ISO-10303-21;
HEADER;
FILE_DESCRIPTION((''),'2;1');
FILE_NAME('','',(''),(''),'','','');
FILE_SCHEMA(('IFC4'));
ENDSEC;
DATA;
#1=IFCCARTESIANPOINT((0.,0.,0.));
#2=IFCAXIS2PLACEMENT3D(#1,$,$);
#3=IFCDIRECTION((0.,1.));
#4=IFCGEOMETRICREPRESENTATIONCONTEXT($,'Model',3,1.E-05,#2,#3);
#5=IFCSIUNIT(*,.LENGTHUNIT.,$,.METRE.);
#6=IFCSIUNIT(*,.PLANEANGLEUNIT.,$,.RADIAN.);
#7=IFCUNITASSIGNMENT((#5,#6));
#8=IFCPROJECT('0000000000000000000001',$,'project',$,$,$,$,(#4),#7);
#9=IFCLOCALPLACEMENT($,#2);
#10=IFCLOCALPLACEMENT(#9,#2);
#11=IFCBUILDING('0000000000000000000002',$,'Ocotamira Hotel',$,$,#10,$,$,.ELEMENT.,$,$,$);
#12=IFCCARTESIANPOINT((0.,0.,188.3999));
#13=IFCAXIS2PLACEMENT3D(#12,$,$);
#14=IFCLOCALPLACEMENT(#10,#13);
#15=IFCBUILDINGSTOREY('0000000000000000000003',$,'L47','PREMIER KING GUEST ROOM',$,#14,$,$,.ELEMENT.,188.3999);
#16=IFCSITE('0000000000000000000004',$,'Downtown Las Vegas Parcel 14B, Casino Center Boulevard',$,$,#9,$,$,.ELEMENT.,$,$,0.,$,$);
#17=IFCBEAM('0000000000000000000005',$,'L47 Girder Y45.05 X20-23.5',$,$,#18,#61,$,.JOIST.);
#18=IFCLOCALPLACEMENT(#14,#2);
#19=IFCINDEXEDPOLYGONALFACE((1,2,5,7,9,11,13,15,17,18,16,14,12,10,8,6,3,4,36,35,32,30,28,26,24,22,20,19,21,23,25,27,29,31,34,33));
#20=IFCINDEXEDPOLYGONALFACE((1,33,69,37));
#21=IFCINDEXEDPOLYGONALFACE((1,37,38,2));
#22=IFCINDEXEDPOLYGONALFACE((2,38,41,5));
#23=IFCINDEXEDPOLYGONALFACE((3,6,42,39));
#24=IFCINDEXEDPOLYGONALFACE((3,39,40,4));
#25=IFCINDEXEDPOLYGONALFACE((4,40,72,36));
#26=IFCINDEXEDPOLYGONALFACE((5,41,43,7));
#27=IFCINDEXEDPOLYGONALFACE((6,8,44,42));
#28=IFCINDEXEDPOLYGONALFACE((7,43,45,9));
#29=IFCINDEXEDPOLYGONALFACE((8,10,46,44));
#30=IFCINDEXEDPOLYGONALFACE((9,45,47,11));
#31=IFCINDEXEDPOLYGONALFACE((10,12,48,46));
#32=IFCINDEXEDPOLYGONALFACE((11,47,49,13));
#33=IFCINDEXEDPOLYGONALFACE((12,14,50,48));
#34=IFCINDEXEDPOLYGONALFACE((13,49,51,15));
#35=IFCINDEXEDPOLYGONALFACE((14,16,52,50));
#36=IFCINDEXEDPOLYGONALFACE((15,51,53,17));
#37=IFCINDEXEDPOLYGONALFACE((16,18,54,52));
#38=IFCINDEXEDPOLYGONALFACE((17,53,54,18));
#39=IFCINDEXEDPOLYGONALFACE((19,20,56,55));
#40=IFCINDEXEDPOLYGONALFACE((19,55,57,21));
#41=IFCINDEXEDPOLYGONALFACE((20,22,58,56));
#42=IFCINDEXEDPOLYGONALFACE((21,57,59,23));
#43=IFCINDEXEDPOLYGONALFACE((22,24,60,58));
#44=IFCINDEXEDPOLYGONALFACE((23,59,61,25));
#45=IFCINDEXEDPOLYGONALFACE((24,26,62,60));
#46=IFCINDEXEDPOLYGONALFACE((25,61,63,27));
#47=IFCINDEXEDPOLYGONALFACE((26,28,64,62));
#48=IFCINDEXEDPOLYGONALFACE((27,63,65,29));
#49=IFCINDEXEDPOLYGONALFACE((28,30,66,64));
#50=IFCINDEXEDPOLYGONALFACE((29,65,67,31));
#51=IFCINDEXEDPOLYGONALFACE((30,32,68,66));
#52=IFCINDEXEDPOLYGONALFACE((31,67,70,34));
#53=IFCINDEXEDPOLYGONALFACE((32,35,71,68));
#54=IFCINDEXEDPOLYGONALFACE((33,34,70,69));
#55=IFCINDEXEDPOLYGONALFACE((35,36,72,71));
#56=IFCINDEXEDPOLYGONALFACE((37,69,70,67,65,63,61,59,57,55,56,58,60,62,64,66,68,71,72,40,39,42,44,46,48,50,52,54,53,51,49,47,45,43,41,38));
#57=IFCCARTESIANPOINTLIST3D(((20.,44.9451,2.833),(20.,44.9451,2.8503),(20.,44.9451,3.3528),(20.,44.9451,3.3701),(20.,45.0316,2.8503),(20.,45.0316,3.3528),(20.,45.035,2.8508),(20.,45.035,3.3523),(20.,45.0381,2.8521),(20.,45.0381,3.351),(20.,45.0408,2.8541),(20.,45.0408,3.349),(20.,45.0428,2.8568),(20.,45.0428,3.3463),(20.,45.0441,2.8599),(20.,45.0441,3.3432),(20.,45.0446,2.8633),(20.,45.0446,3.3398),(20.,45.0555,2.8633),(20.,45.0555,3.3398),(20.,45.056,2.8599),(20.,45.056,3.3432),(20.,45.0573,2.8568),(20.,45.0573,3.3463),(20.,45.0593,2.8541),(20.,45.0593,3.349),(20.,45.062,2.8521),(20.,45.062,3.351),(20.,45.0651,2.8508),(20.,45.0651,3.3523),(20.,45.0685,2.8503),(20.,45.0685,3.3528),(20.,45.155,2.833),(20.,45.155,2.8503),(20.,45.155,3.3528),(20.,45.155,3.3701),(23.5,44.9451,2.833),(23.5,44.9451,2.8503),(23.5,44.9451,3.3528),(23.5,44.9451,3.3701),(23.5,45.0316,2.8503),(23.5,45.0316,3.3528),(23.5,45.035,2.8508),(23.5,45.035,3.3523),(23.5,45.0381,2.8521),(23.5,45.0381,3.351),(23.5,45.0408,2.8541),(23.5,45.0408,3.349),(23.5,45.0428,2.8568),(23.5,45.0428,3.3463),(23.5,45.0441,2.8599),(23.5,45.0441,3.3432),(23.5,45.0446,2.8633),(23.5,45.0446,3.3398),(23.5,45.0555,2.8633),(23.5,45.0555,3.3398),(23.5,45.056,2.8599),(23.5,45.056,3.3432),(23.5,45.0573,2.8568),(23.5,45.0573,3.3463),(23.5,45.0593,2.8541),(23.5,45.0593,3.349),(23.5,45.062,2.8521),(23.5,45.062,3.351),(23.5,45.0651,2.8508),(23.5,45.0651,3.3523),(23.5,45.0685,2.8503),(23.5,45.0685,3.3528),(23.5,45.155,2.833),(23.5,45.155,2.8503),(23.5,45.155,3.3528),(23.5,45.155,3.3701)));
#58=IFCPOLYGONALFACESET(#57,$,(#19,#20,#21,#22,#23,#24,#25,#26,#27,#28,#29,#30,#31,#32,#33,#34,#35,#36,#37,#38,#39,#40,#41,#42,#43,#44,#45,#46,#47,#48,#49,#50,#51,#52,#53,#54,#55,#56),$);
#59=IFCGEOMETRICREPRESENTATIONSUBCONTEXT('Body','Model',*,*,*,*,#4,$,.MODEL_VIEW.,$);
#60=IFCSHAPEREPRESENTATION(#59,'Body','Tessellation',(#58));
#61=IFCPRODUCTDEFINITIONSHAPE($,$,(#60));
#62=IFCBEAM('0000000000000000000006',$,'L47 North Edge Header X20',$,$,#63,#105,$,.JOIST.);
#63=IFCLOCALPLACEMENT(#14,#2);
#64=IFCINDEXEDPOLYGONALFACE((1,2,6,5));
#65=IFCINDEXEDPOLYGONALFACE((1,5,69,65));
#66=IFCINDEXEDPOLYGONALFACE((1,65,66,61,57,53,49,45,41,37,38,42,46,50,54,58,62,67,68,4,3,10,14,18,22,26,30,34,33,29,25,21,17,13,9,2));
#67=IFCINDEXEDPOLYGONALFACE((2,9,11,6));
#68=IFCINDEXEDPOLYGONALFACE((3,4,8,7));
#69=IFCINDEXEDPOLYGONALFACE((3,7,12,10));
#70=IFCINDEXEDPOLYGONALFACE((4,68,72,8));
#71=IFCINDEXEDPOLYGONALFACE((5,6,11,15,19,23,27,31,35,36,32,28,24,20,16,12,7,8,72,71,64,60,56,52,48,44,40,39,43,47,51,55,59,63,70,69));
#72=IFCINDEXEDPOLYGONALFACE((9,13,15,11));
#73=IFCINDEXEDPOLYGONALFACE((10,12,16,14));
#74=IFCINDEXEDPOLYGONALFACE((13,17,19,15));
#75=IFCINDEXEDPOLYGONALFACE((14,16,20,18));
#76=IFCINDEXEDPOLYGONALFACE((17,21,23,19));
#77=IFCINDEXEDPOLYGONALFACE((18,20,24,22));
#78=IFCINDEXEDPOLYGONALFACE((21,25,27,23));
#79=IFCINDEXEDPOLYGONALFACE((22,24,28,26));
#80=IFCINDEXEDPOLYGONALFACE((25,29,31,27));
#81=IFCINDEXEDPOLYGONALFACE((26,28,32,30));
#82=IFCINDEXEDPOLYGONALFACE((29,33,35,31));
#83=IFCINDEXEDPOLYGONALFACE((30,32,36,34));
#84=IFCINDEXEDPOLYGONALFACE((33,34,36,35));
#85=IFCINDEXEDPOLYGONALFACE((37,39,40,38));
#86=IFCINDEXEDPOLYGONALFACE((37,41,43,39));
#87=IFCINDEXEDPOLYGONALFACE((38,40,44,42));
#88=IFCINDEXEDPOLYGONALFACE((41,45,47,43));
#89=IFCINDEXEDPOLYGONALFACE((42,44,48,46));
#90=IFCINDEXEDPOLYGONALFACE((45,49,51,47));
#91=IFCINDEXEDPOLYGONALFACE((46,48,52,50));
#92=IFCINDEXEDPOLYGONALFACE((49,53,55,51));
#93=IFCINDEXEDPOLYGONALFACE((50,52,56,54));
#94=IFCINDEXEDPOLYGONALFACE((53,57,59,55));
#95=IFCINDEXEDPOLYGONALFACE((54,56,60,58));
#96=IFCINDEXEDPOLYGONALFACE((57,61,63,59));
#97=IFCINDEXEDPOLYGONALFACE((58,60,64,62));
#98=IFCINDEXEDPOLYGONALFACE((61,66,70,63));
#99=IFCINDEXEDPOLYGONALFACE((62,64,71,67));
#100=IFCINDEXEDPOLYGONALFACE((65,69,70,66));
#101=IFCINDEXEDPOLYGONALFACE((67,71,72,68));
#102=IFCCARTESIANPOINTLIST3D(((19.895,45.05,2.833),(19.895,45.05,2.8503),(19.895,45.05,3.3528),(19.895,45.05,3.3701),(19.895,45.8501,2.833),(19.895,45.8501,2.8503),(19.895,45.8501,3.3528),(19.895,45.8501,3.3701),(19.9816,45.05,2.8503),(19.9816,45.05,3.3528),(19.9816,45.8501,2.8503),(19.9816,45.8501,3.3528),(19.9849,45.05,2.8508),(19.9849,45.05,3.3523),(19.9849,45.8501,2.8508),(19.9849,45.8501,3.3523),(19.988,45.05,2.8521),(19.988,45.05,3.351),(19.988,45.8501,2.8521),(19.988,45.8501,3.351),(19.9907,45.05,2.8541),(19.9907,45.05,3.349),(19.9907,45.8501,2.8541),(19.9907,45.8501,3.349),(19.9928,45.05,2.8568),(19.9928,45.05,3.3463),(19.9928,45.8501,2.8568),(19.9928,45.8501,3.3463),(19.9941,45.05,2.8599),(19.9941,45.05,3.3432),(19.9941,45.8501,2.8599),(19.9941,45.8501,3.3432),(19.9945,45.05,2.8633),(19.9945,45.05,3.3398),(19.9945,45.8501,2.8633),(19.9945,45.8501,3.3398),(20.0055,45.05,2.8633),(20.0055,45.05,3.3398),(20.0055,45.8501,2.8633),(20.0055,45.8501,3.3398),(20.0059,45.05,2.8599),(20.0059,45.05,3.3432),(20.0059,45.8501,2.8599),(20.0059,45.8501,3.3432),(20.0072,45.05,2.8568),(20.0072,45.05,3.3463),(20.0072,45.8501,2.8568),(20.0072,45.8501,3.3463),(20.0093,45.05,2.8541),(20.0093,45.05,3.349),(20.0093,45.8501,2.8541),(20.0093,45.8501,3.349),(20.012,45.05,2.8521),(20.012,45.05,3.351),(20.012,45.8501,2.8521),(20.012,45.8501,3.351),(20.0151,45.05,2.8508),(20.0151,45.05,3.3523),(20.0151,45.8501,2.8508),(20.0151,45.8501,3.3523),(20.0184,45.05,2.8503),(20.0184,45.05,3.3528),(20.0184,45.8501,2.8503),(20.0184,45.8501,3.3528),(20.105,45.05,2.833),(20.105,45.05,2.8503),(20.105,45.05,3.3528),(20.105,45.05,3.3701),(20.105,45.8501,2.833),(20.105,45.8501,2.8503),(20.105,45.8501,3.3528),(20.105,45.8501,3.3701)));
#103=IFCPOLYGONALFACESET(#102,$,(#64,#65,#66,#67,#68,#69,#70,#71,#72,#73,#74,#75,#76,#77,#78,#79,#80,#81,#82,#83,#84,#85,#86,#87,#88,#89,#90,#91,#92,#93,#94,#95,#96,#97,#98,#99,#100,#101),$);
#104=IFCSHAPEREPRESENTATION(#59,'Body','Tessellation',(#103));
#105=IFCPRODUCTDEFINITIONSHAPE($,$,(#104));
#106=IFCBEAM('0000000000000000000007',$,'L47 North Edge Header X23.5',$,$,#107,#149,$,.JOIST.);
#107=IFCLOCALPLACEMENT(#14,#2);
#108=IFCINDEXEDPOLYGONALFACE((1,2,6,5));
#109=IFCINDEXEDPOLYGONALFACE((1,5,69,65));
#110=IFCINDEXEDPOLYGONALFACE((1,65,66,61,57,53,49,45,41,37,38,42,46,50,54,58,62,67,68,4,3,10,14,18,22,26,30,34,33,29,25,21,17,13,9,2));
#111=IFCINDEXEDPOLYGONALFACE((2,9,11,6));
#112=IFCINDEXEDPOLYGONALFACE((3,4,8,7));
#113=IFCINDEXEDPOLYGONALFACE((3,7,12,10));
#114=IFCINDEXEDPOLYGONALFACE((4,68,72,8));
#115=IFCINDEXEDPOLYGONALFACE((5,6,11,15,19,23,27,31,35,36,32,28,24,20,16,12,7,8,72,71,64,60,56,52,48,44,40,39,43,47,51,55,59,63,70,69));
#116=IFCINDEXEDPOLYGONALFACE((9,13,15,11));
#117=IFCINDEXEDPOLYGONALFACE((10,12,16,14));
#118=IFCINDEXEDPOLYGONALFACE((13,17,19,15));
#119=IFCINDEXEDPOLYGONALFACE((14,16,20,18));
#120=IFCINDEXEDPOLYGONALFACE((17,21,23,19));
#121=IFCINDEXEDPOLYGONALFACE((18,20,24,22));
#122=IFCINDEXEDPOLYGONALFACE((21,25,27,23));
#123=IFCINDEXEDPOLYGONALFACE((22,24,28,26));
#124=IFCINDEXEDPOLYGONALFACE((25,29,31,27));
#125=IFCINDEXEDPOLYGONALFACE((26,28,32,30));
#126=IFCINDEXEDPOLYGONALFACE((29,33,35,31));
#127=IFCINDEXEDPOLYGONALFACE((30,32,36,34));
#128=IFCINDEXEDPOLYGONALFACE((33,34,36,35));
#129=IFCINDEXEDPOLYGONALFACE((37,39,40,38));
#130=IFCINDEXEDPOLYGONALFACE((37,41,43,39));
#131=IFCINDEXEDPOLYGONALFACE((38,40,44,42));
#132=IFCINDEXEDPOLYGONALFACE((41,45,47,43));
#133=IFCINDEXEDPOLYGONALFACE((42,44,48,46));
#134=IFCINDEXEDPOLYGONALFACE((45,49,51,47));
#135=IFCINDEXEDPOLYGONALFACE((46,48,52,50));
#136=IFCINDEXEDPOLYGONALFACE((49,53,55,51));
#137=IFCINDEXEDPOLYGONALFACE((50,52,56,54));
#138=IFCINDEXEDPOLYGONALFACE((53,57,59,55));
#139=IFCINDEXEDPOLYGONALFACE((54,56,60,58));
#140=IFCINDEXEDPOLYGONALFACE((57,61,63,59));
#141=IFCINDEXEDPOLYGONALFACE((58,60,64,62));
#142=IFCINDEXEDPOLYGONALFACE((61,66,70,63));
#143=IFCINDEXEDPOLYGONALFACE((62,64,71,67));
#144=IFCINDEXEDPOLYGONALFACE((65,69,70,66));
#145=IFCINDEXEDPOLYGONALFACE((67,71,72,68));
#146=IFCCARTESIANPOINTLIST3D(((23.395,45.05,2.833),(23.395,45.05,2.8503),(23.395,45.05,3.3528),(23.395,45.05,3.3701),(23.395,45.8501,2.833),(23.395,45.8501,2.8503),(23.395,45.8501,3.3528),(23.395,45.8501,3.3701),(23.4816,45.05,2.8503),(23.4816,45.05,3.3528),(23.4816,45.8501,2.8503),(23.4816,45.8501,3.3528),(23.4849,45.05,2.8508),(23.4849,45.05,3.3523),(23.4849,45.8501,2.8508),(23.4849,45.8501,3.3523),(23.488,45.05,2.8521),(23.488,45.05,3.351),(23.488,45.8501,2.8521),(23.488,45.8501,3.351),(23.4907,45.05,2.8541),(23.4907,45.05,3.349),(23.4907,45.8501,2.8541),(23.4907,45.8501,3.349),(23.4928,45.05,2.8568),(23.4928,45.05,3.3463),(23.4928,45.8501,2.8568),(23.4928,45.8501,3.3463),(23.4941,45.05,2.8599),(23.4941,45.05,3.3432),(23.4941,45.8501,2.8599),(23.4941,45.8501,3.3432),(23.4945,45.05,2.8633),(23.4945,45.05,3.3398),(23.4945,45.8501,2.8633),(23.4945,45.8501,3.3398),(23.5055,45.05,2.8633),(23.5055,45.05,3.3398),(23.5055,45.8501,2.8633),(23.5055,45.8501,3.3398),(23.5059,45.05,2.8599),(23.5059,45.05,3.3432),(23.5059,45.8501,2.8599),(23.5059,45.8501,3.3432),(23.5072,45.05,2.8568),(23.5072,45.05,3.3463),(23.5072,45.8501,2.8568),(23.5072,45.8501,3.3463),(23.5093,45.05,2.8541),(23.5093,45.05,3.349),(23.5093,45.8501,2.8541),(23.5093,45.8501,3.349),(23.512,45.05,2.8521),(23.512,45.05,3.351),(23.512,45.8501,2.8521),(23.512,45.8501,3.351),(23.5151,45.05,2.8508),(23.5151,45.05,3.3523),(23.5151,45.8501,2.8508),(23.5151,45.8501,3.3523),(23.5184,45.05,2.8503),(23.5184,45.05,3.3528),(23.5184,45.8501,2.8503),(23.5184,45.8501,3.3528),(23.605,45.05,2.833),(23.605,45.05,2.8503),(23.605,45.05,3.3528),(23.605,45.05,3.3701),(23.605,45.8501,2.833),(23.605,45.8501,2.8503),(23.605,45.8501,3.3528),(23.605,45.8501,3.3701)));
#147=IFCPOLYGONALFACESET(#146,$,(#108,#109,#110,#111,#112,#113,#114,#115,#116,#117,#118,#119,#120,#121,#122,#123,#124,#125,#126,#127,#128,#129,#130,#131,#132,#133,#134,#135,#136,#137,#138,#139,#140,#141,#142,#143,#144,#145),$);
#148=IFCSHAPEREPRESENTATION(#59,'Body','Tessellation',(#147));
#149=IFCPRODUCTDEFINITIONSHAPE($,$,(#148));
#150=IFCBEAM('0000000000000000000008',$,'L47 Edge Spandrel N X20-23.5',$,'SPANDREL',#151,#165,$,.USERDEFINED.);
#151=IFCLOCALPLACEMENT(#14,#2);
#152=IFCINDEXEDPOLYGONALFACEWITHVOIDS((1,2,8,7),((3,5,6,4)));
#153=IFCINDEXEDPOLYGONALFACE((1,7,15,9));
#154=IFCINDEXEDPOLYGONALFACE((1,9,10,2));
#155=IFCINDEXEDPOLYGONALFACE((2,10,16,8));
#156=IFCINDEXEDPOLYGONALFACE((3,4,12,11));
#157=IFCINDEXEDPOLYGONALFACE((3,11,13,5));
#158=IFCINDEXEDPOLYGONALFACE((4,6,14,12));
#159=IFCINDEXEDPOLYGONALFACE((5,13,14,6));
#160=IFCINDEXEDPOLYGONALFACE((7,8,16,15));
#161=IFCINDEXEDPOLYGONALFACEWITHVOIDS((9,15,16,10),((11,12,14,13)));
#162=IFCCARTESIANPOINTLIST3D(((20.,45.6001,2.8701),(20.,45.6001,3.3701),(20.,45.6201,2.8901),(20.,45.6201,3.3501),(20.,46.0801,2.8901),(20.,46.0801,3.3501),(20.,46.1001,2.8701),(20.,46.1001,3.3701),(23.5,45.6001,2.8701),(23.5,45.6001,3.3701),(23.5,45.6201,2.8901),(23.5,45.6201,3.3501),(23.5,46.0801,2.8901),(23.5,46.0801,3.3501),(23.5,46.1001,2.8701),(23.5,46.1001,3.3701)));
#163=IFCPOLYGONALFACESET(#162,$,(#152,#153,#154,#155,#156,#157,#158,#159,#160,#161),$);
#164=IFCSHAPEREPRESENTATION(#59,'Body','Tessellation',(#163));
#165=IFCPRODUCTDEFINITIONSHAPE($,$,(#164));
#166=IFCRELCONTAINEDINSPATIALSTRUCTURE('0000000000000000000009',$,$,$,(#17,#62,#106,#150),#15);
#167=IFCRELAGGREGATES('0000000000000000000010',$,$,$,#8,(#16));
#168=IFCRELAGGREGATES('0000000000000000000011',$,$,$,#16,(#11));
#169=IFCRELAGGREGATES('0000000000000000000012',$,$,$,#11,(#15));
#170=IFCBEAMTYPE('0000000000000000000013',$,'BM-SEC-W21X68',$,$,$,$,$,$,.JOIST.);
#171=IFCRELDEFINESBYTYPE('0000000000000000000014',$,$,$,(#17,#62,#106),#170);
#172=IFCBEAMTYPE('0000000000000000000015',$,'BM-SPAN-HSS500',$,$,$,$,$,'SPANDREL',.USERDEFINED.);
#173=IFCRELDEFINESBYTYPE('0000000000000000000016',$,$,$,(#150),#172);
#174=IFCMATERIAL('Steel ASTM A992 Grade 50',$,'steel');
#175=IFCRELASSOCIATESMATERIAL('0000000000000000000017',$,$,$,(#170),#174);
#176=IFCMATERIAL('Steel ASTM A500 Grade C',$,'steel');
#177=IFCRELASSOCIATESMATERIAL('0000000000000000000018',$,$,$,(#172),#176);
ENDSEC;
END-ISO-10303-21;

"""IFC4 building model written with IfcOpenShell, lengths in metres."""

from ifc_helpers import new_model, si_unit, direction, frame, origin, origin_2d, place, context, subcontext, project, spatial, hollow_rectangle, i_section, extrude, source, transform, mapped, material, material_profile, profile_set, type_object, element, save


model = new_model("IFC4")

# Units and contexts
model_context = context("Model", 3, precision=1e-05, world=origin(), true_north=direction((0.0, 1.0)))
body_context = subcontext(model_context, "Body", "Model", "MODEL_VIEW")
ifc_project = project(units=[si_unit("LENGTHUNIT", "METRE"), si_unit("PLANEANGLEUNIT", "RADIAN")], contexts=[model_context])

# Site, building, storey
site_placement = place(None, origin())
site = spatial("IfcSite", under=ifc_project, at=site_placement, Name="Downtown Las Vegas Parcel 14B, Casino Center Boulevard", CompositionType="ELEMENT", RefElevation=0.0)
building_placement = place(site_placement, origin())
building = spatial("IfcBuilding", under=site, at=building_placement, Name="Ocotamira Hotel", CompositionType="ELEMENT")
storey_placement = place(building_placement, frame((0.0, 0.0, 188.3999)))
storey = spatial("IfcBuildingStorey", under=building, at=storey_placement, Name="L47", Description="PREMIER KING GUEST ROOM", CompositionType="ELEMENT", Elevation=188.3999)

# Beams
ifc_material_1 = material(Name="Steel ASTM A992 Grade 50", Category="steel")
ifc_material_profile_1 = material_profile(ifc_material_1, i_section(OverallWidth=0.21, OverallDepth=0.5371, WebThickness=0.011, FlangeThickness=0.0173, FilletRadius=0.0129, at=origin_2d()), Name="W21X68")
ifc_profile_set_1 = profile_set([ifc_material_profile_1], Name="Steel ASTM A992 Grade 50")
beam_type_1 = type_object("IfcBeamType", Name="BM-SEC-W21X68", PredefinedType="JOIST", material=ifc_profile_set_1)
shared_shape_1 = source(origin(), body_context, "Body", "SweptSolid", [
    extrude(i_section(OverallWidth=0.21, OverallDepth=0.5371, WebThickness=0.011, FlangeThickness=0.0173, FilletRadius=0.0129, at=origin_2d()), origin(), (0.0, 0.0, 1.0), 3.5),
])
beam_1_placement = place(storey_placement, frame((20.0, 45.05, 3.1016), z_axis=(1.0, 0.0, 0.0), x_axis=(0.0, 1.0, 0.0)))
element("IfcBeam", 1, at=beam_1_placement, inside=storey, type_object=beam_type_1, Name="L47 Girder Y45.05 X20-23.5", PredefinedType="JOIST", context=body_context, shape_type="MappedRepresentation", body=[
    mapped(shared_shape_1, transform((0.0, 0.0, 0.0), scale=1.0)),
])
shared_shape_2 = source(origin(), body_context, "Body", "SweptSolid", [
    extrude(i_section(OverallWidth=0.21, OverallDepth=0.5371, WebThickness=0.011, FlangeThickness=0.0173, FilletRadius=0.0129, at=origin_2d()), origin(), (0.0, 0.0, 1.0), 0.8),
])
for number, where, z_axis, x_axis, name in (
    (2, (20.0, 45.05, 3.1016), (0.0, 1.0, 0.0), (-1.0, 0.0, 0.0), "L47 North Edge Header X20"),
    (3, (23.5, 45.05, 3.1016), (0.0, 1.0, 0.0), (-1.0, 0.0, 0.0), "L47 North Edge Header X23.5"),
):
    element("IfcBeam", number, at=place(storey_placement, frame(where, z_axis=z_axis, x_axis=x_axis)), inside=storey, type_object=beam_type_1, Name=name, PredefinedType="JOIST", context=body_context, shape_type="MappedRepresentation", body=[
        mapped(shared_shape_2, transform((0.0, 0.0, 0.0), scale=1.0)),
    ])
ifc_material_2 = material(Name="Steel ASTM A500 Grade C", Category="steel")
ifc_material_profile_2 = material_profile(ifc_material_2, hollow_rectangle(XDim=0.5, YDim=0.5, WallThickness=0.02, at=origin_2d()), Name="HSS500X500X20")
ifc_profile_set_2 = profile_set([ifc_material_profile_2], Name="Steel ASTM A500 Grade C")
beam_type_2 = type_object("IfcBeamType", Name="BM-SPAN-HSS500", ElementType="SPANDREL", PredefinedType="USERDEFINED", material=ifc_profile_set_2)
shared_shape_3 = source(origin(), body_context, "Body", "SweptSolid", [
    extrude(hollow_rectangle(XDim=0.5, YDim=0.5, WallThickness=0.02, at=origin_2d()), origin(), (0.0, 0.0, 1.0), 3.5),
])
beam_2_placement = place(storey_placement, frame((20.0, 45.8501, 3.1201), z_axis=(1.0, 0.0, 0.0), x_axis=(0.0, 1.0, 0.0)))
element("IfcBeam", 4, at=beam_2_placement, inside=storey, type_object=beam_type_2, Name="L47 Edge Spandrel N X20-23.5", ObjectType="SPANDREL", PredefinedType="USERDEFINED", context=body_context, shape_type="MappedRepresentation", body=[
    mapped(shared_shape_3, transform((0.0, 0.0, 0.0), scale=1.0)),
])

save(model, "model.ifc")
